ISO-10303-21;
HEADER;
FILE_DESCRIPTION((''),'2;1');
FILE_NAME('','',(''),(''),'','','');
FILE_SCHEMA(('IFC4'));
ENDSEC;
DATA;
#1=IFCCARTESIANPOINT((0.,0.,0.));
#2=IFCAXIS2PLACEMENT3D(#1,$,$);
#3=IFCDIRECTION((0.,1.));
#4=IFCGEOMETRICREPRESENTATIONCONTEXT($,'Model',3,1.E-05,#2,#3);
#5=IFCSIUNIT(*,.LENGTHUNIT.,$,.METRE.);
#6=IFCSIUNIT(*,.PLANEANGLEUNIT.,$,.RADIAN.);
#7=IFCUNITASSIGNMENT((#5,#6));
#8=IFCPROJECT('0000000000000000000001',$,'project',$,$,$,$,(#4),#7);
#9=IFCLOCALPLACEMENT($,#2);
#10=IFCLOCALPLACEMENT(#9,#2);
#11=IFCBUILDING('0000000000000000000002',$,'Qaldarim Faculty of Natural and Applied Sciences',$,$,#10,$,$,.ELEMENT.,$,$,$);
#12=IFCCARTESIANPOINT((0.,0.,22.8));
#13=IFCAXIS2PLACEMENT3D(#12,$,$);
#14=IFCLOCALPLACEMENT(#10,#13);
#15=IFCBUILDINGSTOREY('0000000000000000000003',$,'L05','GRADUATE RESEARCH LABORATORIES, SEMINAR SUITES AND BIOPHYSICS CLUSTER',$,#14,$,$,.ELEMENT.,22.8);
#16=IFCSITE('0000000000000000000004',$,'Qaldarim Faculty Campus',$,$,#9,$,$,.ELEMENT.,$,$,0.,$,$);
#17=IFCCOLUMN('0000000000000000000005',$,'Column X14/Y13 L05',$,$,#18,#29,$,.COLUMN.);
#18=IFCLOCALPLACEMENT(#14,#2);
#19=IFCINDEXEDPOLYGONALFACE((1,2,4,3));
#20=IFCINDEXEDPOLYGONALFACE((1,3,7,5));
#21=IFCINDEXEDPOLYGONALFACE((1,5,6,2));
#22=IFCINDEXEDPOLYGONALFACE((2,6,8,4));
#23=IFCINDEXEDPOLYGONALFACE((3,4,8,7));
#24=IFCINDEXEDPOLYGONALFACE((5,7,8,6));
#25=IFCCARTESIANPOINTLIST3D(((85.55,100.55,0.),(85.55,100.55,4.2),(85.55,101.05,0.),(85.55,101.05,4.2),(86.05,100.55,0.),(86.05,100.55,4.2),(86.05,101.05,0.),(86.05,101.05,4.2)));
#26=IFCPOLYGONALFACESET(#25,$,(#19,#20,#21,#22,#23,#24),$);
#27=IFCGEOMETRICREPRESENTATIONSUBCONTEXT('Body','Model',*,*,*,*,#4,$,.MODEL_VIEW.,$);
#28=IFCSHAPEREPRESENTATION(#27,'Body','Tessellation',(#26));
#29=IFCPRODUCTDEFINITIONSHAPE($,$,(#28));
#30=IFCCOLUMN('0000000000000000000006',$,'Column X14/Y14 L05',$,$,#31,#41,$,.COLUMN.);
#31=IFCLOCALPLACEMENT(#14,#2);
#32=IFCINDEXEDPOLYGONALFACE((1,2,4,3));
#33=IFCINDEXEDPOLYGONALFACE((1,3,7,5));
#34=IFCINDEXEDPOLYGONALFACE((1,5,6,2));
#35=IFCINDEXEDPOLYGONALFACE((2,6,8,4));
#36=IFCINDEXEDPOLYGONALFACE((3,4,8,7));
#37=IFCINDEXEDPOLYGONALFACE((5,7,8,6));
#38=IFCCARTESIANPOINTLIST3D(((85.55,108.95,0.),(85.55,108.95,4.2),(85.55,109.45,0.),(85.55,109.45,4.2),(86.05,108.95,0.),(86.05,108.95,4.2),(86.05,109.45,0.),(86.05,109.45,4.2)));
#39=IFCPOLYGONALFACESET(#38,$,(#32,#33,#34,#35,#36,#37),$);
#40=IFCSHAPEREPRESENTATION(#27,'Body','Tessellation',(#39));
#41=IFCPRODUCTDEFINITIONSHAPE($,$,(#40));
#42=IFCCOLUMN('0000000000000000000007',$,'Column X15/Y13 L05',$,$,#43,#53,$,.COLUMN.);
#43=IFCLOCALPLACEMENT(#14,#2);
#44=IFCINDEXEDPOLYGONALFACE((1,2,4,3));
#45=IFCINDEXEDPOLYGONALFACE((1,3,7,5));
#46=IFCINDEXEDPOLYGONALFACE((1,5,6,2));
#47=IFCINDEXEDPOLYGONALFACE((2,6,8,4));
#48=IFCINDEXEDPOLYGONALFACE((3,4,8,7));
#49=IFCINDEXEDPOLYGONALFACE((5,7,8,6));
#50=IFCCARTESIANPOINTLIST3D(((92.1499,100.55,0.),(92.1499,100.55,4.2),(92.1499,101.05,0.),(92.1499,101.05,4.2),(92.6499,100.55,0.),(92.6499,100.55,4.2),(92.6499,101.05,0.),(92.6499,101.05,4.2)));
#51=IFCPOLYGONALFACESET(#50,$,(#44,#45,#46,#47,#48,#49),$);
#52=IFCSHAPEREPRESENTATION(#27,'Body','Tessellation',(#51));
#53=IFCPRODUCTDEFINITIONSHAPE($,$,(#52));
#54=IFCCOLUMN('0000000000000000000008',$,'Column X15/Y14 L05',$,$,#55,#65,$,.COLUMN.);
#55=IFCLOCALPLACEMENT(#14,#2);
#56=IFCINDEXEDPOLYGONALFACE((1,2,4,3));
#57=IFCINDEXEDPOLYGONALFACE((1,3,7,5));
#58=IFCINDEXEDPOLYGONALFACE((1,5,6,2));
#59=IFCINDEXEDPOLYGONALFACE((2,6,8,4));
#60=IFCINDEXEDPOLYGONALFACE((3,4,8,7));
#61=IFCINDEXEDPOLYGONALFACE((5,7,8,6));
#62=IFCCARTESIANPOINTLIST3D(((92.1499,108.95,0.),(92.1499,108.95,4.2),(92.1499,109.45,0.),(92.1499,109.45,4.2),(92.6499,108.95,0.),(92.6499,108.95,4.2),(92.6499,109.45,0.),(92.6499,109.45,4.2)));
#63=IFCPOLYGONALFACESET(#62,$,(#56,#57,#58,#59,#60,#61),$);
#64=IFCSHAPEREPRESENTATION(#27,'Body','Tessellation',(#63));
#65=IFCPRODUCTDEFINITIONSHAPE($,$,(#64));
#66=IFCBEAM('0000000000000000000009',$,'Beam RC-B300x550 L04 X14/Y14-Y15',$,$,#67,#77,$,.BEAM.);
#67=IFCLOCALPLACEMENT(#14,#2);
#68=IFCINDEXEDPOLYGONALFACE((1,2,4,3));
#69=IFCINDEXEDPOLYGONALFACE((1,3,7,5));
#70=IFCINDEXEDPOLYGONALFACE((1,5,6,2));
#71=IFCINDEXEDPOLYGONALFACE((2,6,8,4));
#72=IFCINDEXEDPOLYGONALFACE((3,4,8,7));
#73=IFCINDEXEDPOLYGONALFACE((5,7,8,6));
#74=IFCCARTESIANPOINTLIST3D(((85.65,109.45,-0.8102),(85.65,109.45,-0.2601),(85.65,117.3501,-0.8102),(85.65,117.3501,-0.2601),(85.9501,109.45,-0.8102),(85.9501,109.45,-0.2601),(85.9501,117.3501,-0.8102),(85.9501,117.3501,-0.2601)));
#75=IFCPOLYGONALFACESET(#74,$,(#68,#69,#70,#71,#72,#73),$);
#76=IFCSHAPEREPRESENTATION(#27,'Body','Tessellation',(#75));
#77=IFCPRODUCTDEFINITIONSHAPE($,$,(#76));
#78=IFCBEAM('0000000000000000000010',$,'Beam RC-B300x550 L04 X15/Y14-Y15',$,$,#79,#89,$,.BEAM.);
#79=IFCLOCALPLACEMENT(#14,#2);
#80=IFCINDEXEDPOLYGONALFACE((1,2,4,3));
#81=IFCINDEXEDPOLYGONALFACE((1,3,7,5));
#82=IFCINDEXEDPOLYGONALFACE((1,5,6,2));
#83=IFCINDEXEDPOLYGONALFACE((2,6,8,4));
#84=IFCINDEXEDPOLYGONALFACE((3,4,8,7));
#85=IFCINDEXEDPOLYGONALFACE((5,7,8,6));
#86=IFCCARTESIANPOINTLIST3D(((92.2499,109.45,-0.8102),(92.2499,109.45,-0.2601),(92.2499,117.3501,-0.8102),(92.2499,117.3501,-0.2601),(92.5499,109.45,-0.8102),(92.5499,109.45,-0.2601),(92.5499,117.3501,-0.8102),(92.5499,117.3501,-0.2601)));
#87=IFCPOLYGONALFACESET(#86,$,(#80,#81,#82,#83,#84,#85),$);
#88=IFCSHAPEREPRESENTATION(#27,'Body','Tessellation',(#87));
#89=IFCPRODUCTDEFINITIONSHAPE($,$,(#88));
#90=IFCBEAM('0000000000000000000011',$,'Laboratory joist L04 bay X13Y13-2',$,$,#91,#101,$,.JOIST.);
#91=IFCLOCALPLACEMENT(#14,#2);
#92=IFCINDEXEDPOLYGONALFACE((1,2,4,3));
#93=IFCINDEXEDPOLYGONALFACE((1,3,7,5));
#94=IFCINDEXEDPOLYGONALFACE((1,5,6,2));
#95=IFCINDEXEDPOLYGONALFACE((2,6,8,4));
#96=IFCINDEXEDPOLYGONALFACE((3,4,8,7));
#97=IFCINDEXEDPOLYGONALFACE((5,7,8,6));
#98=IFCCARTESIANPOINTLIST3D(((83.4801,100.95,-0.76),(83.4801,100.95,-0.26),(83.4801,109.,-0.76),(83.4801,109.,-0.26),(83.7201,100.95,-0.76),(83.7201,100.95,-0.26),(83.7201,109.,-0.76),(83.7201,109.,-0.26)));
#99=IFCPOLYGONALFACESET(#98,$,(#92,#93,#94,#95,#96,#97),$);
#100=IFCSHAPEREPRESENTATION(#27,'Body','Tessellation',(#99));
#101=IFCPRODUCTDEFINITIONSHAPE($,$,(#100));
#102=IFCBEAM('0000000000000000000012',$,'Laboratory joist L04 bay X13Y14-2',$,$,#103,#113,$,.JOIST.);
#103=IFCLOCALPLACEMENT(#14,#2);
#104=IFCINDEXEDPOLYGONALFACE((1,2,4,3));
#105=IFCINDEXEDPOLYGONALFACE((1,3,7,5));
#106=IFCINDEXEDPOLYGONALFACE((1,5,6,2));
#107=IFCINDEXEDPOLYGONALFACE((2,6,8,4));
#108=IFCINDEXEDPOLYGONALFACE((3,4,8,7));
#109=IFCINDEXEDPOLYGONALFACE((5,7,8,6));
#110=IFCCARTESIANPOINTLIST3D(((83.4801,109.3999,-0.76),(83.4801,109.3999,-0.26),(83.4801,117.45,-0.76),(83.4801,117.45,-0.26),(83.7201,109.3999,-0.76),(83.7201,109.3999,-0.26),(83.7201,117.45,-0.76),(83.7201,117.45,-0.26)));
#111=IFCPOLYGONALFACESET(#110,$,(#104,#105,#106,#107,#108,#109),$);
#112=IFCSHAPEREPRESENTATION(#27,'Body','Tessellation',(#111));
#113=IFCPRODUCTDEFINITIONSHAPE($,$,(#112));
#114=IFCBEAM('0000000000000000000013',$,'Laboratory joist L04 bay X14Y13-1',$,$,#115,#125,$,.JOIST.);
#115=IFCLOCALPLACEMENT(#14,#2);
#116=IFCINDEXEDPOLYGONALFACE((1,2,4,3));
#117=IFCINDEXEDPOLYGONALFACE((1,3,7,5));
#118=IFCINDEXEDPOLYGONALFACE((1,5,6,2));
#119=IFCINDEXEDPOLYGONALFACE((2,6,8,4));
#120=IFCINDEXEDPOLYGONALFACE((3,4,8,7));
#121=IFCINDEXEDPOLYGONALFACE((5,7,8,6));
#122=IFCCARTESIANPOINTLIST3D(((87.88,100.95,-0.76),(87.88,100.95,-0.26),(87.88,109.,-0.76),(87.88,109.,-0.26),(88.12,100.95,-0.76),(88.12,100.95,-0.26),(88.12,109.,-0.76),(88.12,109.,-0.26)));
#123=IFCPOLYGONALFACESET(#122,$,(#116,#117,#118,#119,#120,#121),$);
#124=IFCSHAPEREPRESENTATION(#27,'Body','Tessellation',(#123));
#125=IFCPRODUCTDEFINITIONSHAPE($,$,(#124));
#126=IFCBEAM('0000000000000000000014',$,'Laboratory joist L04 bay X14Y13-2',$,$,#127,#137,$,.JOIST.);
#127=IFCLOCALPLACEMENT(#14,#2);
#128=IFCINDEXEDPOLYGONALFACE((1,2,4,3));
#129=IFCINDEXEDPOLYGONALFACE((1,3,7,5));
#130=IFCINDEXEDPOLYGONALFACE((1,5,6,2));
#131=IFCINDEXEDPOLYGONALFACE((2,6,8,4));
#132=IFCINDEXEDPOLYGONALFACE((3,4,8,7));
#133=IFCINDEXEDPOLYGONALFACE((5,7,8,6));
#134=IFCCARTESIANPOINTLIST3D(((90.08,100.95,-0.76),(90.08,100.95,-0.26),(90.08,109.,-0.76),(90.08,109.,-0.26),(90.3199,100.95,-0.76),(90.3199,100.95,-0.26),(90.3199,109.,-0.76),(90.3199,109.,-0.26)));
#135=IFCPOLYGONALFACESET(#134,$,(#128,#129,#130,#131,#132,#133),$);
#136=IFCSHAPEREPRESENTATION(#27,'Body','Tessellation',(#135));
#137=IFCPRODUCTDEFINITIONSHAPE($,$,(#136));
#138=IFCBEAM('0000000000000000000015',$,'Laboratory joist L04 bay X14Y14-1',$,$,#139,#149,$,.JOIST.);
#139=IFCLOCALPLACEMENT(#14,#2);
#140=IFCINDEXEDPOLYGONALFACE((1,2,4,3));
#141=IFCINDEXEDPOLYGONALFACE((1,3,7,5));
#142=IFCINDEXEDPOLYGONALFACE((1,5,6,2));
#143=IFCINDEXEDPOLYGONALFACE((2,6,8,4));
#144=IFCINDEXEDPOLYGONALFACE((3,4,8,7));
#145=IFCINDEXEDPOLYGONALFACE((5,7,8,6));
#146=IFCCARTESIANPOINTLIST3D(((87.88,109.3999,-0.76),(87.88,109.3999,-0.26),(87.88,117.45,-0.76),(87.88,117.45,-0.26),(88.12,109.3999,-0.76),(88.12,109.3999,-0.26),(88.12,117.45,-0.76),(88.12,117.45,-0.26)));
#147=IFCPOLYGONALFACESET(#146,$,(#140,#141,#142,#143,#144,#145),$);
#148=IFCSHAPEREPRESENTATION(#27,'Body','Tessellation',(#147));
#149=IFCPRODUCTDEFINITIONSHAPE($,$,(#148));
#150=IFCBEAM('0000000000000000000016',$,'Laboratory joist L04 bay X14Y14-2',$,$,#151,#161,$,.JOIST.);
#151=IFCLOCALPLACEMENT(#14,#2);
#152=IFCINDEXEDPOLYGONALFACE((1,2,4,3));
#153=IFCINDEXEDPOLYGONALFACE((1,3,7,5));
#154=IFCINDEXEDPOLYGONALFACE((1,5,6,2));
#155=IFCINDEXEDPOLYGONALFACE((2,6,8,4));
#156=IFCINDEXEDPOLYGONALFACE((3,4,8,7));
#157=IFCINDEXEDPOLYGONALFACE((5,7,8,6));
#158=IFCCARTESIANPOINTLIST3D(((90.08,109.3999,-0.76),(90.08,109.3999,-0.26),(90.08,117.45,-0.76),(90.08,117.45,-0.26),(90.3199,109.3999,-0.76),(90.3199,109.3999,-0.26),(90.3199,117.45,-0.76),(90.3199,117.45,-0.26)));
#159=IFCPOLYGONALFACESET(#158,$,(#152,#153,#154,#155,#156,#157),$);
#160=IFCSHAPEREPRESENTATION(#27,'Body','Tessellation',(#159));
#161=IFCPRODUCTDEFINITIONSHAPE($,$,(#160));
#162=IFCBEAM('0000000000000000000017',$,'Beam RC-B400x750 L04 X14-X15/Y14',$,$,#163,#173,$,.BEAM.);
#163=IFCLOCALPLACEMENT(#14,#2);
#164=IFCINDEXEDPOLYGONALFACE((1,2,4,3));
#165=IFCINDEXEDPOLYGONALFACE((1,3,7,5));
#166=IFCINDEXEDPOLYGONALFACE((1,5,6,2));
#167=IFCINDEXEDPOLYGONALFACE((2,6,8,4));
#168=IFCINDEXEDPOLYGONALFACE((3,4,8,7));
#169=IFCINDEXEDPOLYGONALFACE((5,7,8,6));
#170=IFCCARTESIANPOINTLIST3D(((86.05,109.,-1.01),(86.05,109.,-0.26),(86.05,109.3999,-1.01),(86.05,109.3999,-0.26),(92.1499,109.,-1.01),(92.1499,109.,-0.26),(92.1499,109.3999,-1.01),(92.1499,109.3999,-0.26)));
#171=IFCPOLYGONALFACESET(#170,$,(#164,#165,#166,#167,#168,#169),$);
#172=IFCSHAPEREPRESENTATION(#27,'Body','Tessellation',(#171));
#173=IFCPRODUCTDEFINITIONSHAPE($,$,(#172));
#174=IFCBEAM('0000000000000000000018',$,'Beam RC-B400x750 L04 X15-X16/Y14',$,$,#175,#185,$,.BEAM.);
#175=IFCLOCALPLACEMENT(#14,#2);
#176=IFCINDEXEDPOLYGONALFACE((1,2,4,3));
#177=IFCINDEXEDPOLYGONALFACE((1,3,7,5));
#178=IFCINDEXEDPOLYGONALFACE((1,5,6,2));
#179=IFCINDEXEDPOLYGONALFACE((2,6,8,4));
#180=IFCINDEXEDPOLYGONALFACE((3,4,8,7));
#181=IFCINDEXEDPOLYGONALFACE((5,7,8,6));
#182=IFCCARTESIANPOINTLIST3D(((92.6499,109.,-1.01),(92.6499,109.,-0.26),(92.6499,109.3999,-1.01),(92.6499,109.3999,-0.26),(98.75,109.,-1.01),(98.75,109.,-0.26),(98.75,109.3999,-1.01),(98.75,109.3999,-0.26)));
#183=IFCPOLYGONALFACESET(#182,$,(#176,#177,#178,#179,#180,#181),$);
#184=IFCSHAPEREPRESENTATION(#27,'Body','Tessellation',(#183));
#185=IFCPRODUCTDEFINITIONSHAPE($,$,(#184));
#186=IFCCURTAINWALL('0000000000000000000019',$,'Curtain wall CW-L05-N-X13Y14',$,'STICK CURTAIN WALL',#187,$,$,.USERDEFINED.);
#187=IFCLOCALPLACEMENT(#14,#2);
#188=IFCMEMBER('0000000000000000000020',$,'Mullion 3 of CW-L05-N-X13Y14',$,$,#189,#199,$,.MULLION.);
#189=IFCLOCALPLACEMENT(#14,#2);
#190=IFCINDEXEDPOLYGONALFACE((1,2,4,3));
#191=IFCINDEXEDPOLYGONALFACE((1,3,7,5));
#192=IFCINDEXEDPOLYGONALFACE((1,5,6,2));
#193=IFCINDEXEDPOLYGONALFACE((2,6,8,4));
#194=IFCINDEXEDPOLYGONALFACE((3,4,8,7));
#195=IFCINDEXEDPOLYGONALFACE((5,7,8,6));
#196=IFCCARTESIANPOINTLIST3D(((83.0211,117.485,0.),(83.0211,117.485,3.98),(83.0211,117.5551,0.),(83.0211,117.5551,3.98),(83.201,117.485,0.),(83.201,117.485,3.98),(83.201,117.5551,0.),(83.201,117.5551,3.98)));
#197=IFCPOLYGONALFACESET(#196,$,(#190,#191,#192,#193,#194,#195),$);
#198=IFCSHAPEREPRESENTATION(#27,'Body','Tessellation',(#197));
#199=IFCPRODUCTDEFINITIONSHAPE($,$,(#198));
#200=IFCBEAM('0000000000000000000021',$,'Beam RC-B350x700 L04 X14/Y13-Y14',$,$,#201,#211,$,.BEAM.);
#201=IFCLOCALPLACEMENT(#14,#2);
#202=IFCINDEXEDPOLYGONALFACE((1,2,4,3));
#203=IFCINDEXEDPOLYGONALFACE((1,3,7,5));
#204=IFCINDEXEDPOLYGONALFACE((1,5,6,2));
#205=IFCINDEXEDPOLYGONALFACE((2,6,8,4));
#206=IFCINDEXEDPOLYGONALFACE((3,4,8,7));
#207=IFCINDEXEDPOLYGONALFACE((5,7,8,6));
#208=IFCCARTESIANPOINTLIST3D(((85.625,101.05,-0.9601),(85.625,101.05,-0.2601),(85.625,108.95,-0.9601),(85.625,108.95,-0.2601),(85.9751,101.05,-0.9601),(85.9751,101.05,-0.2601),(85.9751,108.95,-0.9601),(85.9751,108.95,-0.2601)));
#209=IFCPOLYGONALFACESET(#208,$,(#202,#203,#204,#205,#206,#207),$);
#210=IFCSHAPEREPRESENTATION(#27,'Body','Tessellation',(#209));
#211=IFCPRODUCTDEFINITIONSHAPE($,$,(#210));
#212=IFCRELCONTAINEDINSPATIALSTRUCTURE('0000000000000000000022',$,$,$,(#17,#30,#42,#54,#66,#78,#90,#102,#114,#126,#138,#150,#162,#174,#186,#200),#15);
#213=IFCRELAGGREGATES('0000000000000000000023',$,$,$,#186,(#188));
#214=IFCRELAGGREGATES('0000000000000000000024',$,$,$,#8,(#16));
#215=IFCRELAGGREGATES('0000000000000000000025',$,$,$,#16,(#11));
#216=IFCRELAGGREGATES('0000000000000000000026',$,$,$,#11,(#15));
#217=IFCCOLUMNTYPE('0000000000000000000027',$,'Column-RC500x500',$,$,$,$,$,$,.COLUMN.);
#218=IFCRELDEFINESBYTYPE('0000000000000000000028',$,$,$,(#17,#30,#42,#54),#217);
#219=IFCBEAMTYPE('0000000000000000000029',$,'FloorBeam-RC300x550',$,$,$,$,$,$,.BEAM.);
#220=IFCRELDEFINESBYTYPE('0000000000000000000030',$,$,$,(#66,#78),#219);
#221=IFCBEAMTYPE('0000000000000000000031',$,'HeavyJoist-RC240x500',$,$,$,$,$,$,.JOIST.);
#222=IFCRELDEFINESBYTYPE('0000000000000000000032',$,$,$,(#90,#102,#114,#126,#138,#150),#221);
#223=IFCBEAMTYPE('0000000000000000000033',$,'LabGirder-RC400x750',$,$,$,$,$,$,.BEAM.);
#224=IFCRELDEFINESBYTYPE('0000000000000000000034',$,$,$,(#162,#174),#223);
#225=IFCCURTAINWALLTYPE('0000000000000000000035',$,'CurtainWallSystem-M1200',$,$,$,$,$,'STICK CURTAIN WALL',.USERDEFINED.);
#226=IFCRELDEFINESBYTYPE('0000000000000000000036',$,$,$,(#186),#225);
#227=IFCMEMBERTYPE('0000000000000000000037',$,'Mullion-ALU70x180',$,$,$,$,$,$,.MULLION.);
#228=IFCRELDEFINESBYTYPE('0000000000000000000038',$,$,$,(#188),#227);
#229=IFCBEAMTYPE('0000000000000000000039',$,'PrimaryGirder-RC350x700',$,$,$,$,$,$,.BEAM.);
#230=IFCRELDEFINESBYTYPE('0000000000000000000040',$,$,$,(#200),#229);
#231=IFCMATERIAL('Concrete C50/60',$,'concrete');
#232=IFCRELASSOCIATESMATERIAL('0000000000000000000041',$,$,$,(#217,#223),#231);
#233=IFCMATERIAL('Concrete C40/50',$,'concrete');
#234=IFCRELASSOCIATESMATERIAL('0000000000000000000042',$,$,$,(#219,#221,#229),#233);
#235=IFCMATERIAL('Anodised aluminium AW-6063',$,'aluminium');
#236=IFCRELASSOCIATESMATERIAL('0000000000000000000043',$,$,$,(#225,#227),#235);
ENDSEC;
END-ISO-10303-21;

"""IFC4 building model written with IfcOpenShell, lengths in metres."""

from ifc_helpers import new_model, si_unit, direction, frame, origin, origin_2d, place, context, subcontext, project, spatial, rectangle, extrude, material, material_profile, profile_set, type_object, element, aggregate, save


model = new_model("IFC4")

# Units and contexts
model_context = context("Model", 3, precision=1e-05, world=origin(), true_north=direction((0.0, 1.0)))
body_context = subcontext(model_context, "Body", "Model", "MODEL_VIEW")
ifc_project = project(units=[si_unit("LENGTHUNIT", "METRE"), si_unit("PLANEANGLEUNIT", "RADIAN")], contexts=[model_context])

# Site, building, storey
site_placement = place(None, origin())
site = spatial("IfcSite", under=ifc_project, at=site_placement, Name="Qaldarim Faculty Campus", CompositionType="ELEMENT", RefElevation=0.0)
building_placement = place(site_placement, origin())
building = spatial("IfcBuilding", under=site, at=building_placement, Name="Qaldarim Faculty of Natural and Applied Sciences", CompositionType="ELEMENT")
storey_placement = place(building_placement, frame((0.0, 0.0, 22.8)))
storey = spatial("IfcBuildingStorey", under=building, at=storey_placement, Name="L05", Description="GRADUATE RESEARCH LABORATORIES, SEMINAR SUITES AND BIOPHYSICS CLUSTER", CompositionType="ELEMENT", Elevation=22.8)

# Columns
ifc_material_1 = material(Name="Concrete C50/60", Category="concrete")
ifc_material_profile_1 = material_profile(ifc_material_1, rectangle(XDim=0.5, YDim=0.5, at=origin_2d()), Name="RC-C500x500")
ifc_profile_set_1 = profile_set([ifc_material_profile_1], Name="Concrete C50/60")
column_type = type_object("IfcColumnType", Name="Column-RC500x500", PredefinedType="COLUMN", material=ifc_profile_set_1)
for number, where, z_axis, x_axis, name in (
    (1, (85.8, 100.8, 0.0), (0.0, 0.0, 1.0), (1.0, 0.0, 0.0), "Column X14/Y13 L05"),
    (2, (85.8, 109.2, 0.0), (0.0, 0.0, 1.0), (1.0, 0.0, 0.0), "Column X14/Y14 L05"),
    (3, (92.3999, 100.8, 0.0), (0.0, 0.0, 1.0), (1.0, 0.0, 0.0), "Column X15/Y13 L05"),
    (4, (92.3999, 109.2, 0.0), (0.0, 0.0, 1.0), (1.0, 0.0, 0.0), "Column X15/Y14 L05"),
):
    element("IfcColumn", number, at=place(storey_placement, frame(where, z_axis=z_axis, x_axis=x_axis)), inside=storey, type_object=column_type, Name=name, PredefinedType="COLUMN", context=body_context, shape_type="SweptSolid", body=[
        extrude(rectangle(XDim=0.5, YDim=0.5, at=origin_2d()), origin(), (0.0, 0.0, 1.0), 4.2),
    ])

# Beams
ifc_material_2 = material(Name="Concrete C40/50", Category="concrete")
ifc_material_profile_2 = material_profile(ifc_material_2, rectangle(XDim=0.3, YDim=0.55, at=origin_2d()), Name="RC-B300x550")
ifc_profile_set_2 = profile_set([ifc_material_profile_2], Name="Concrete C40/50")
beam_type_1 = type_object("IfcBeamType", Name="FloorBeam-RC300x550", PredefinedType="BEAM", material=ifc_profile_set_2)
for number, where, z_axis, x_axis, name in (
    (5, (85.8, 109.45, -0.5352), (0.0, 1.0, 0.0), (-1.0, 0.0, 0.0), "Beam RC-B300x550 L04 X14/Y14-Y15"),
    (6, (92.3999, 109.45, -0.5352), (0.0, 1.0, 0.0), (-1.0, 0.0, 0.0), "Beam RC-B300x550 L04 X15/Y14-Y15"),
):
    element("IfcBeam", number, at=place(storey_placement, frame(where, z_axis=z_axis, x_axis=x_axis)), inside=storey, type_object=beam_type_1, Name=name, PredefinedType="BEAM", context=body_context, shape_type="SweptSolid", body=[
        extrude(rectangle(XDim=0.3, YDim=0.55, at=origin_2d()), origin(), (0.0, 0.0, 1.0), 7.9001),
    ])
ifc_material_profile_3 = material_profile(ifc_material_2, rectangle(XDim=0.24, YDim=0.5, at=origin_2d()), Name="RC-J240x500")
ifc_profile_set_3 = profile_set([ifc_material_profile_3], Name="Concrete C40/50")
beam_type_2 = type_object("IfcBeamType", Name="HeavyJoist-RC240x500", PredefinedType="JOIST", material=ifc_profile_set_3)
for number, where, z_axis, x_axis, name in (
    (7, (83.6001, 100.95, -0.51), (0.0, 1.0, 0.0), (-1.0, 0.0, 0.0), "Laboratory joist L04 bay X13Y13-2"),
    (8, (83.6001, 109.3999, -0.51), (0.0, 1.0, 0.0), (-1.0, 0.0, 0.0), "Laboratory joist L04 bay X13Y14-2"),
    (9, (88.0, 100.95, -0.51), (0.0, 1.0, 0.0), (-1.0, 0.0, 0.0), "Laboratory joist L04 bay X14Y13-1"),
    (10, (90.2, 100.95, -0.51), (0.0, 1.0, 0.0), (-1.0, 0.0, 0.0), "Laboratory joist L04 bay X14Y13-2"),
    (11, (88.0, 109.3999, -0.51), (0.0, 1.0, 0.0), (-1.0, 0.0, 0.0), "Laboratory joist L04 bay X14Y14-1"),
    (12, (90.2, 109.3999, -0.51), (0.0, 1.0, 0.0), (-1.0, 0.0, 0.0), "Laboratory joist L04 bay X14Y14-2"),
):
    element("IfcBeam", number, at=place(storey_placement, frame(where, z_axis=z_axis, x_axis=x_axis)), inside=storey, type_object=beam_type_2, Name=name, PredefinedType="JOIST", context=body_context, shape_type="SweptSolid", body=[
        extrude(rectangle(XDim=0.24, YDim=0.5, at=origin_2d()), origin(), (0.0, 0.0, 1.0), 8.05),
    ])
ifc_material_profile_4 = material_profile(ifc_material_1, rectangle(XDim=0.3999, YDim=0.75, at=origin_2d()), Name="RC-B400x750")
ifc_profile_set_4 = profile_set([ifc_material_profile_4], Name="Concrete C50/60")
beam_type_3 = type_object("IfcBeamType", Name="LabGirder-RC400x750", PredefinedType="BEAM", material=ifc_profile_set_4)
beam_1_placement = place(storey_placement, frame((86.05, 109.2, -0.635), z_axis=(1.0, 0.0, 0.0), x_axis=(0.0, 1.0, 0.0)))
element("IfcBeam", 13, at=beam_1_placement, inside=storey, type_object=beam_type_3, Name="Beam RC-B400x750 L04 X14-X15/Y14", PredefinedType="BEAM", context=body_context, shape_type="SweptSolid", body=[
    extrude(rectangle(XDim=0.3999, YDim=0.75, at=origin_2d()), origin(), (0.0, 0.0, 1.0), 6.0999),
])
beam_2_placement = place(storey_placement, frame((92.6499, 109.2, -0.635), z_axis=(1.0, 0.0, 0.0), x_axis=(0.0, 1.0, 0.0)))
element("IfcBeam", 14, at=beam_2_placement, inside=storey, type_object=beam_type_3, Name="Beam RC-B400x750 L04 X15-X16/Y14", PredefinedType="BEAM", context=body_context, shape_type="SweptSolid", body=[
    extrude(rectangle(XDim=0.3999, YDim=0.75, at=origin_2d()), origin(), (0.0, 0.0, 1.0), 6.1001),
])

# Curtain wall, member
ifc_material_3 = material(Name="Anodised aluminium AW-6063", Category="aluminium")
curtain_wall_type = type_object("IfcCurtainWallType", Name="CurtainWallSystem-M1200", ElementType="STICK CURTAIN WALL", PredefinedType="USERDEFINED", material=ifc_material_3)
curtain_wall_placement = place(storey_placement, origin())
curtain_wall = element("IfcCurtainWall", 15, at=curtain_wall_placement, inside=storey, type_object=curtain_wall_type, Name="Curtain wall CW-L05-N-X13Y14", ObjectType="STICK CURTAIN WALL", PredefinedType="USERDEFINED")
ifc_material_profile_5 = material_profile(ifc_material_3, rectangle(XDim=0.0701, YDim=0.1799, at=origin_2d()), Name="ALU-M70x180")
ifc_profile_set_5 = profile_set([ifc_material_profile_5], Name="Anodised aluminium AW-6063")
member_type_1 = type_object("IfcMemberType", Name="Mullion-ALU70x180", PredefinedType="MULLION", material=ifc_profile_set_5)
member_1_placement = place(storey_placement, frame((83.1111, 117.52, 0.0), z_axis=(0.0, 0.0, 1.0), x_axis=(0.0, -1.0, 0.0)))
member_1 = element("IfcMember", 16, at=member_1_placement, type_object=member_type_1, Name="Mullion 3 of CW-L05-N-X13Y14", PredefinedType="MULLION", context=body_context, shape_type="SweptSolid", body=[
    extrude(rectangle(XDim=0.0701, YDim=0.1799, at=origin_2d()), origin(), (0.0, 0.0, 1.0), 3.98),
])

# Beam
ifc_material_profile_6 = material_profile(ifc_material_2, rectangle(XDim=0.3501, YDim=0.7, at=origin_2d()), Name="RC-B350x700")
ifc_profile_set_6 = profile_set([ifc_material_profile_6], Name="Concrete C40/50")
beam_type_4 = type_object("IfcBeamType", Name="PrimaryGirder-RC350x700", PredefinedType="BEAM", material=ifc_profile_set_6)
for number, where, z_axis, x_axis, name in (
    (17, (85.8, 101.05, -0.6101), (0.0, 1.0, 0.0), (-1.0, 0.0, 0.0), "Beam RC-B350x700 L04 X14/Y13-Y14"),
):
    element("IfcBeam", number, at=place(storey_placement, frame(where, z_axis=z_axis, x_axis=x_axis)), inside=storey, type_object=beam_type_4, Name=name, PredefinedType="BEAM", context=body_context, shape_type="SweptSolid", body=[
        extrude(rectangle(XDim=0.3501, YDim=0.7, at=origin_2d()), origin(), (0.0, 0.0, 1.0), 7.8999),
    ])

aggregate(curtain_wall, [member_1])

save(model, "model.ifc")
